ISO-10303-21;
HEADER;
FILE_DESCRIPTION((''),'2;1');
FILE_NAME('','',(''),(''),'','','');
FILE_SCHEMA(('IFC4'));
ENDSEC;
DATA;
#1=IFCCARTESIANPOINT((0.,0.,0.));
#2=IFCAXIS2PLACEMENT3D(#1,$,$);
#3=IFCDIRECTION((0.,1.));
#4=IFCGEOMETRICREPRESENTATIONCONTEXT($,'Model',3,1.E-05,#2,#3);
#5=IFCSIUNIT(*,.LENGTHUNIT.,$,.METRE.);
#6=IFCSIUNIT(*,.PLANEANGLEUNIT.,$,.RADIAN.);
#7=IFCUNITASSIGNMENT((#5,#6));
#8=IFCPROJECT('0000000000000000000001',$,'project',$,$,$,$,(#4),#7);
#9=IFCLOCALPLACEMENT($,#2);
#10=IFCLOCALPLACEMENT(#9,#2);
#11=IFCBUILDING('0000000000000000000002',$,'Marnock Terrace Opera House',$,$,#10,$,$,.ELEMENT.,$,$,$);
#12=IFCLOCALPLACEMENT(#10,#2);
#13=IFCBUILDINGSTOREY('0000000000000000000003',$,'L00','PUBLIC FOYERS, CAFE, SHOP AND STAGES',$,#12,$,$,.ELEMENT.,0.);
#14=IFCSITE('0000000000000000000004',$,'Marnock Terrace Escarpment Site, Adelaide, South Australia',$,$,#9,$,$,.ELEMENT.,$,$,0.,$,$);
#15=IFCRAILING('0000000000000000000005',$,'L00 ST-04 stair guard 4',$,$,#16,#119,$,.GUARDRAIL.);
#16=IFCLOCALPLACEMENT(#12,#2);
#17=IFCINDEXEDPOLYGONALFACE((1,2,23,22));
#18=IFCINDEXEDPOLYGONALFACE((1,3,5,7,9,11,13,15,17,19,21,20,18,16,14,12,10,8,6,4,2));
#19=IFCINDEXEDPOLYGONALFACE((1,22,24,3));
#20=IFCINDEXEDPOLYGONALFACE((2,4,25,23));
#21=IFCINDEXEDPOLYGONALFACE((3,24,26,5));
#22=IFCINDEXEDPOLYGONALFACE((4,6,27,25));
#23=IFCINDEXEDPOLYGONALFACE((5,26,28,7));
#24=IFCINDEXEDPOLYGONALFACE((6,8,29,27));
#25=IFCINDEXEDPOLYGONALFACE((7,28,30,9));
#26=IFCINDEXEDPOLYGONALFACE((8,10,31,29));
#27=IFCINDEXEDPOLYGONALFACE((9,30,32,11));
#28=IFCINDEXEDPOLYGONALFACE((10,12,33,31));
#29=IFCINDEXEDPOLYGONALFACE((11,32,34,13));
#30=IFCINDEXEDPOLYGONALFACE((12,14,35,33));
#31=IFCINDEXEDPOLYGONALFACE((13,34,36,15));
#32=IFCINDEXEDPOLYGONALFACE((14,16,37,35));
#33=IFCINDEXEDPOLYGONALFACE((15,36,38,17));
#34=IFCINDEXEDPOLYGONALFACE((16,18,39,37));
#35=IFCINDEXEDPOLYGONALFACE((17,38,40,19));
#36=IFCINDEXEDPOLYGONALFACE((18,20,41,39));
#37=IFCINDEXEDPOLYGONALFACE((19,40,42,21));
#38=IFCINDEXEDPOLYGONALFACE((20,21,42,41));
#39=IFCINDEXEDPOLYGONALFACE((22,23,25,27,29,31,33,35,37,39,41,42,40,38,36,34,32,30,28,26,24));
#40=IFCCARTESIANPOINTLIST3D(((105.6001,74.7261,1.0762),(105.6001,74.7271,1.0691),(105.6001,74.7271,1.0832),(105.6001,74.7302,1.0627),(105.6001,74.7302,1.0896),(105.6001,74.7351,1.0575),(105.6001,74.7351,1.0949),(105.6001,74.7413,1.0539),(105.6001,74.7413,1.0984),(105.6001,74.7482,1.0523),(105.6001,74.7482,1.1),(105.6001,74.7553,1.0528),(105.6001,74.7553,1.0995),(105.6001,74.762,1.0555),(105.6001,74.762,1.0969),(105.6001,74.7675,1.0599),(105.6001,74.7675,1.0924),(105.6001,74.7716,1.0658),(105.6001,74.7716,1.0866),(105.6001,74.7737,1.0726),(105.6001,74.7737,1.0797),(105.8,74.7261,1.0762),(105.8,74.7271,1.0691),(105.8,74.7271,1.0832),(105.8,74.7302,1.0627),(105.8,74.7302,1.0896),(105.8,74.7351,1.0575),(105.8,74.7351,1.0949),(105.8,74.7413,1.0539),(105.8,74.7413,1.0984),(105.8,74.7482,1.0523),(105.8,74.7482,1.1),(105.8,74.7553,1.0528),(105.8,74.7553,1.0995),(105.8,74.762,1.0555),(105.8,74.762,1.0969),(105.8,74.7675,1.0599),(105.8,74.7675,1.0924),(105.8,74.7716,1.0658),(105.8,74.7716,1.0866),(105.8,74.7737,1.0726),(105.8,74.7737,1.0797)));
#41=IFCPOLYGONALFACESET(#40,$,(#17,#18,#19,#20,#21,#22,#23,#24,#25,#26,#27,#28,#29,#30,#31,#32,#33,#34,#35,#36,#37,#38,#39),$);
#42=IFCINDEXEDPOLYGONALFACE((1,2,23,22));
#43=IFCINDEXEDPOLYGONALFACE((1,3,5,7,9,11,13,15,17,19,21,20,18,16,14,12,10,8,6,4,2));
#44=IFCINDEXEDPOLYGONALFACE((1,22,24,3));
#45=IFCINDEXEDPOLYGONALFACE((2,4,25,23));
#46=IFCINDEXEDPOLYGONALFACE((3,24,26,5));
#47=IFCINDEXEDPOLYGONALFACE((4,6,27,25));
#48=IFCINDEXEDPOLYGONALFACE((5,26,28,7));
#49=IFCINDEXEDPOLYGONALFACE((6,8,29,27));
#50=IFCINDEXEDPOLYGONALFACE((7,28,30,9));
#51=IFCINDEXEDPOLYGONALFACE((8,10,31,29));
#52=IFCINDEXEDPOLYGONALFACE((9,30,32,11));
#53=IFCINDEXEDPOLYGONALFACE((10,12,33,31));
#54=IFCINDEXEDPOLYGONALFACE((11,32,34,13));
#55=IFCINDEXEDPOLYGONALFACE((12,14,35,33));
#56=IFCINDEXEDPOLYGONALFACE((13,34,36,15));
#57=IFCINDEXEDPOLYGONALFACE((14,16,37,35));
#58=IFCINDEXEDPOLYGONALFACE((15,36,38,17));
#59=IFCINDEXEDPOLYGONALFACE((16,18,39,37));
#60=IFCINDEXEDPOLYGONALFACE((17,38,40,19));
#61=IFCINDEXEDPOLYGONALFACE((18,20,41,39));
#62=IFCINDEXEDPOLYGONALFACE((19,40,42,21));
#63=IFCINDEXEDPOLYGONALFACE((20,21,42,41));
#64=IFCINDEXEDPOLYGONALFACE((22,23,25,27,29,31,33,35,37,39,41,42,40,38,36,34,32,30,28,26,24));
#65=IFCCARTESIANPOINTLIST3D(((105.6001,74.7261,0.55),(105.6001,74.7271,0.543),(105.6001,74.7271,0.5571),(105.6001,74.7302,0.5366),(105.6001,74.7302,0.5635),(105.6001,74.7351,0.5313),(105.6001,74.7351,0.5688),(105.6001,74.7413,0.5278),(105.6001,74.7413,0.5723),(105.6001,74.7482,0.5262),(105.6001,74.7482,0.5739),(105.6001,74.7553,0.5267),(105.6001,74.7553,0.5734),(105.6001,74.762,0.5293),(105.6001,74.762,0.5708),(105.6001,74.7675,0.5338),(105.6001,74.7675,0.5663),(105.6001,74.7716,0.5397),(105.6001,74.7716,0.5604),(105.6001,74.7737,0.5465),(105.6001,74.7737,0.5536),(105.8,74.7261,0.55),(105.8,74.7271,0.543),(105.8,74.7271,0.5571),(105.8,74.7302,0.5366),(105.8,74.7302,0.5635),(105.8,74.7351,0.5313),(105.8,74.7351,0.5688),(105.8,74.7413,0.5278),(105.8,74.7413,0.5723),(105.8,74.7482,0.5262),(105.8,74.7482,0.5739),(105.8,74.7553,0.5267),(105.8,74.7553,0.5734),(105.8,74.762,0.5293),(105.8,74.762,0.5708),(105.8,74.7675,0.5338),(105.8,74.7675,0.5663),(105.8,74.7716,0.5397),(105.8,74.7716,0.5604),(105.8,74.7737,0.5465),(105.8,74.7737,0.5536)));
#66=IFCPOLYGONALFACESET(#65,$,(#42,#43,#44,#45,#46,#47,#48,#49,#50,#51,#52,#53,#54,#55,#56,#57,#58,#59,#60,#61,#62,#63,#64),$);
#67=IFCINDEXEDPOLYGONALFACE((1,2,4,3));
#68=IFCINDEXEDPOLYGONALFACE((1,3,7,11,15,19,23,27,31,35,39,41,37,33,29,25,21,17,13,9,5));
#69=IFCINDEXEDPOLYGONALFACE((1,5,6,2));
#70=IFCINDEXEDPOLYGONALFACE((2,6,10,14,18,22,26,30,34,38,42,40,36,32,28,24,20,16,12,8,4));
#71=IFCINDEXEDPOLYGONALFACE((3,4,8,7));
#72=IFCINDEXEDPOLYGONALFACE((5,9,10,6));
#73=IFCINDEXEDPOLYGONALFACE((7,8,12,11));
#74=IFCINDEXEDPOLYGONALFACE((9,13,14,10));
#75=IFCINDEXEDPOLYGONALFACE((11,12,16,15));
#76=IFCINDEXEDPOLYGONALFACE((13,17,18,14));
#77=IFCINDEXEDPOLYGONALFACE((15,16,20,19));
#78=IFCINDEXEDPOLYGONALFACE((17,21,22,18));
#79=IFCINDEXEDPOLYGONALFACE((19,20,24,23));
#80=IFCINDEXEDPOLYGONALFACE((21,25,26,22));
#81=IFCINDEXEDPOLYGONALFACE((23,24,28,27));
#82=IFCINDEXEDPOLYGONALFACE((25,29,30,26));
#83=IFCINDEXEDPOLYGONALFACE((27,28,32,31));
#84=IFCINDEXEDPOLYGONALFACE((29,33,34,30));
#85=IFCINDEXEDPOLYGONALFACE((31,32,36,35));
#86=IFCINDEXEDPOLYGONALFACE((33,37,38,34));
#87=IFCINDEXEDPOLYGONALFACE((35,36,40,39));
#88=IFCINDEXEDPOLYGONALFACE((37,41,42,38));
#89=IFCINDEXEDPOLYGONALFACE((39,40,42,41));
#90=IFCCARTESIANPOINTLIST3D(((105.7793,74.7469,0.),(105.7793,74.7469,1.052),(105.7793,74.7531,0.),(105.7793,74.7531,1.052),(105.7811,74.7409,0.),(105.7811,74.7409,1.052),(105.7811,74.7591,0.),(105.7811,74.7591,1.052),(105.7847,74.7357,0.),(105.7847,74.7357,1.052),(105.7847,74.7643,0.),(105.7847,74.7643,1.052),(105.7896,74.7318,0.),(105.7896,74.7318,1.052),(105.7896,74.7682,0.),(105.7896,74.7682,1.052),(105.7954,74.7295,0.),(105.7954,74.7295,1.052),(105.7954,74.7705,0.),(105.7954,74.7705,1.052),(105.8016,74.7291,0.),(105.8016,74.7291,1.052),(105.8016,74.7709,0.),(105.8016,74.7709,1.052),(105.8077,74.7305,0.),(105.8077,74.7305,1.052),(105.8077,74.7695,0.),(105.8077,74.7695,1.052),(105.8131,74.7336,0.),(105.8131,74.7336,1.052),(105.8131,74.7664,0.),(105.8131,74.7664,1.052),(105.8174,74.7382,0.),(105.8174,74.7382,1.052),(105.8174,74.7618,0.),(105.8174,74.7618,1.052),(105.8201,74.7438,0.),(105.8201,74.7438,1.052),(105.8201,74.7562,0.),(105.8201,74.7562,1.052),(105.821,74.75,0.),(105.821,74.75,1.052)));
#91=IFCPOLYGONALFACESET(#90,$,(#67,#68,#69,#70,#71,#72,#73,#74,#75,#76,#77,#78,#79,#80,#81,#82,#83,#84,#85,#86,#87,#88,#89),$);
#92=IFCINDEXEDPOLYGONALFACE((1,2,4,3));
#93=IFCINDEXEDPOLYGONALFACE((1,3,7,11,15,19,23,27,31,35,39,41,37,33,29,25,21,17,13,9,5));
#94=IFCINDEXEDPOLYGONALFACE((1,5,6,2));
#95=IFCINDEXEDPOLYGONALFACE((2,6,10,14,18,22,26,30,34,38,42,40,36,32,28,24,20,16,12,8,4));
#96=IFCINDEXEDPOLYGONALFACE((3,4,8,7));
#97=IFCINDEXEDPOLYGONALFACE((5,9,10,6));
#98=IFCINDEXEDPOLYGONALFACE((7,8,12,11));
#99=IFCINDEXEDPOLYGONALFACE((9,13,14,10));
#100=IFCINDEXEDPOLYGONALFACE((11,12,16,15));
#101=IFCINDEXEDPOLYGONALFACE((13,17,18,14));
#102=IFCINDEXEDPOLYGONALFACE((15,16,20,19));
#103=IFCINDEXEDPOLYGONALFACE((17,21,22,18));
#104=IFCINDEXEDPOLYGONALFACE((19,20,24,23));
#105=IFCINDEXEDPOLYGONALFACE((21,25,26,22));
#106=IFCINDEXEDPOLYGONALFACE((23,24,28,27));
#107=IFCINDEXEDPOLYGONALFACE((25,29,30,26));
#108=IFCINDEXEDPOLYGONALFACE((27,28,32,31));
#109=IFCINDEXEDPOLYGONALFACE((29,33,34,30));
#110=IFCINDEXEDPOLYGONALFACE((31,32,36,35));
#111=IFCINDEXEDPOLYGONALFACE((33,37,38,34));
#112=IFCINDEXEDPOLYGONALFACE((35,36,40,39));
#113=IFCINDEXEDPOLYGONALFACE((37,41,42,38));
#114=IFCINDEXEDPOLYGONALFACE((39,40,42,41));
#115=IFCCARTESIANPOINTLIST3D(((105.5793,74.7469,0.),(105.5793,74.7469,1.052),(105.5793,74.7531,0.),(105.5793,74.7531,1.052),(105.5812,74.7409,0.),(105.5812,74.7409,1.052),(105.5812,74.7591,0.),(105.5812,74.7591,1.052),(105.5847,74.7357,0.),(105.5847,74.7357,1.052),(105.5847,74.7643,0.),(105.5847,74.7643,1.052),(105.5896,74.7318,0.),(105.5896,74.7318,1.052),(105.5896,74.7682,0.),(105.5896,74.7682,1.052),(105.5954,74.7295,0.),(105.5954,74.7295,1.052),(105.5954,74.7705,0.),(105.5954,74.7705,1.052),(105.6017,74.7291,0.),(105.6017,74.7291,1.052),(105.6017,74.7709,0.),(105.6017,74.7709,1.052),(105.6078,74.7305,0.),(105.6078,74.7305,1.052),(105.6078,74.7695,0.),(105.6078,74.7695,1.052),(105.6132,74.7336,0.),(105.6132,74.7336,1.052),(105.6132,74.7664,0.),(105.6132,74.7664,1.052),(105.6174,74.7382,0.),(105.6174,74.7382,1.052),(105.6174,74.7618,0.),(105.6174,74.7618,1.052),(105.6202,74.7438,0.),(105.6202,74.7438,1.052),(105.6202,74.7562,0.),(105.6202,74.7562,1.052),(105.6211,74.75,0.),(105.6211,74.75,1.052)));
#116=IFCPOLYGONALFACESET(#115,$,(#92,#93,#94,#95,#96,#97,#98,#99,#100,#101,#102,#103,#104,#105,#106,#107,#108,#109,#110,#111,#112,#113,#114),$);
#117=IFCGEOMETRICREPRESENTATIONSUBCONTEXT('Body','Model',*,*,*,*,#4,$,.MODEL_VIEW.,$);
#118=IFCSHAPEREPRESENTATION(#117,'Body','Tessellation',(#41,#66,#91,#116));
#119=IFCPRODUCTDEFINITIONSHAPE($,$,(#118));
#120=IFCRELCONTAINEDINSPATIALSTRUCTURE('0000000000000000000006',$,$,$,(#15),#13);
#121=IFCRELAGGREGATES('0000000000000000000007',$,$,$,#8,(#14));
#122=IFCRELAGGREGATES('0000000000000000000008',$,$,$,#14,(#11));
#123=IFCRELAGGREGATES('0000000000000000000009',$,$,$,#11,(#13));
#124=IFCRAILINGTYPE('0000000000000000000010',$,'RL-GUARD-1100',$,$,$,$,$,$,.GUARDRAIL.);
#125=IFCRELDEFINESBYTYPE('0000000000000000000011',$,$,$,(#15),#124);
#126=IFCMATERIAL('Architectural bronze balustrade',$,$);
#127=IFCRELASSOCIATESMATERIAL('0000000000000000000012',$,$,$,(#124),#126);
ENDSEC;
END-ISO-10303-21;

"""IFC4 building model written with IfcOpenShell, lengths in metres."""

from ifc_helpers import new_model, si_unit, direction, frame, origin, origin_2d, place, context, subcontext, project, spatial, circle, extrude, material, type_object, element, save


model = new_model("IFC4")

# Units and contexts
model_context = context("Model", 3, precision=1e-05, world=origin(), true_north=direction((0.0, 1.0)))
body_context = subcontext(model_context, "Body", "Model", "MODEL_VIEW")
ifc_project = project(units=[si_unit("LENGTHUNIT", "METRE"), si_unit("PLANEANGLEUNIT", "RADIAN")], contexts=[model_context])

# Site, building, storey
site_placement = place(None, origin())
site = spatial("IfcSite", under=ifc_project, at=site_placement, Name="Marnock Terrace Escarpment Site, Adelaide, South Australia", CompositionType="ELEMENT", RefElevation=0.0)
building_placement = place(site_placement, origin())
building = spatial("IfcBuilding", under=site, at=building_placement, Name="Marnock Terrace Opera House", CompositionType="ELEMENT")
storey_placement = place(building_placement, origin())
storey = spatial("IfcBuildingStorey", under=building, at=storey_placement, Name="L00", Description="PUBLIC FOYERS, CAFE, SHOP AND STAGES", CompositionType="ELEMENT", Elevation=0.0)

# Railing
ifc_material_1 = material(Name="Architectural bronze balustrade")
railing_type_1 = type_object("IfcRailingType", Name="RL-GUARD-1100", PredefinedType="GUARDRAIL", material=ifc_material_1)
railing_1_placement = place(storey_placement, frame((105.8, 74.75, 0.0)))
element("IfcRailing", 1, at=railing_1_placement, inside=storey, type_object=railing_type_1, Name="L00 ST-04 stair guard 4", PredefinedType="GUARDRAIL", context=body_context, shape_type="SweptSolid", body=[
    extrude(circle(Radius=0.0239, at=origin_2d()), frame((0.0, 0.0, 1.0762), z_axis=(-1.0, 0.0, 0.0), x_axis=(0.0, -1.0, 0.0)), (0.0, 0.0, 1.0), 0.2),
    extrude(circle(Radius=0.0239, at=origin_2d()), frame((0.0, 0.0, 0.55), z_axis=(-1.0, 0.0, 0.0), x_axis=(0.0, -1.0, 0.0)), (0.0, 0.0, 1.0), 0.2),
    extrude(circle(Radius=0.021, at=origin_2d()), origin(), (0.0, 0.0, 1.0), 1.052),
    extrude(circle(Radius=0.021, at=origin_2d()), frame((-0.2, 0.0, 0.0)), (0.0, 0.0, 1.0), 1.052),
])

save(model, "model.ifc")
